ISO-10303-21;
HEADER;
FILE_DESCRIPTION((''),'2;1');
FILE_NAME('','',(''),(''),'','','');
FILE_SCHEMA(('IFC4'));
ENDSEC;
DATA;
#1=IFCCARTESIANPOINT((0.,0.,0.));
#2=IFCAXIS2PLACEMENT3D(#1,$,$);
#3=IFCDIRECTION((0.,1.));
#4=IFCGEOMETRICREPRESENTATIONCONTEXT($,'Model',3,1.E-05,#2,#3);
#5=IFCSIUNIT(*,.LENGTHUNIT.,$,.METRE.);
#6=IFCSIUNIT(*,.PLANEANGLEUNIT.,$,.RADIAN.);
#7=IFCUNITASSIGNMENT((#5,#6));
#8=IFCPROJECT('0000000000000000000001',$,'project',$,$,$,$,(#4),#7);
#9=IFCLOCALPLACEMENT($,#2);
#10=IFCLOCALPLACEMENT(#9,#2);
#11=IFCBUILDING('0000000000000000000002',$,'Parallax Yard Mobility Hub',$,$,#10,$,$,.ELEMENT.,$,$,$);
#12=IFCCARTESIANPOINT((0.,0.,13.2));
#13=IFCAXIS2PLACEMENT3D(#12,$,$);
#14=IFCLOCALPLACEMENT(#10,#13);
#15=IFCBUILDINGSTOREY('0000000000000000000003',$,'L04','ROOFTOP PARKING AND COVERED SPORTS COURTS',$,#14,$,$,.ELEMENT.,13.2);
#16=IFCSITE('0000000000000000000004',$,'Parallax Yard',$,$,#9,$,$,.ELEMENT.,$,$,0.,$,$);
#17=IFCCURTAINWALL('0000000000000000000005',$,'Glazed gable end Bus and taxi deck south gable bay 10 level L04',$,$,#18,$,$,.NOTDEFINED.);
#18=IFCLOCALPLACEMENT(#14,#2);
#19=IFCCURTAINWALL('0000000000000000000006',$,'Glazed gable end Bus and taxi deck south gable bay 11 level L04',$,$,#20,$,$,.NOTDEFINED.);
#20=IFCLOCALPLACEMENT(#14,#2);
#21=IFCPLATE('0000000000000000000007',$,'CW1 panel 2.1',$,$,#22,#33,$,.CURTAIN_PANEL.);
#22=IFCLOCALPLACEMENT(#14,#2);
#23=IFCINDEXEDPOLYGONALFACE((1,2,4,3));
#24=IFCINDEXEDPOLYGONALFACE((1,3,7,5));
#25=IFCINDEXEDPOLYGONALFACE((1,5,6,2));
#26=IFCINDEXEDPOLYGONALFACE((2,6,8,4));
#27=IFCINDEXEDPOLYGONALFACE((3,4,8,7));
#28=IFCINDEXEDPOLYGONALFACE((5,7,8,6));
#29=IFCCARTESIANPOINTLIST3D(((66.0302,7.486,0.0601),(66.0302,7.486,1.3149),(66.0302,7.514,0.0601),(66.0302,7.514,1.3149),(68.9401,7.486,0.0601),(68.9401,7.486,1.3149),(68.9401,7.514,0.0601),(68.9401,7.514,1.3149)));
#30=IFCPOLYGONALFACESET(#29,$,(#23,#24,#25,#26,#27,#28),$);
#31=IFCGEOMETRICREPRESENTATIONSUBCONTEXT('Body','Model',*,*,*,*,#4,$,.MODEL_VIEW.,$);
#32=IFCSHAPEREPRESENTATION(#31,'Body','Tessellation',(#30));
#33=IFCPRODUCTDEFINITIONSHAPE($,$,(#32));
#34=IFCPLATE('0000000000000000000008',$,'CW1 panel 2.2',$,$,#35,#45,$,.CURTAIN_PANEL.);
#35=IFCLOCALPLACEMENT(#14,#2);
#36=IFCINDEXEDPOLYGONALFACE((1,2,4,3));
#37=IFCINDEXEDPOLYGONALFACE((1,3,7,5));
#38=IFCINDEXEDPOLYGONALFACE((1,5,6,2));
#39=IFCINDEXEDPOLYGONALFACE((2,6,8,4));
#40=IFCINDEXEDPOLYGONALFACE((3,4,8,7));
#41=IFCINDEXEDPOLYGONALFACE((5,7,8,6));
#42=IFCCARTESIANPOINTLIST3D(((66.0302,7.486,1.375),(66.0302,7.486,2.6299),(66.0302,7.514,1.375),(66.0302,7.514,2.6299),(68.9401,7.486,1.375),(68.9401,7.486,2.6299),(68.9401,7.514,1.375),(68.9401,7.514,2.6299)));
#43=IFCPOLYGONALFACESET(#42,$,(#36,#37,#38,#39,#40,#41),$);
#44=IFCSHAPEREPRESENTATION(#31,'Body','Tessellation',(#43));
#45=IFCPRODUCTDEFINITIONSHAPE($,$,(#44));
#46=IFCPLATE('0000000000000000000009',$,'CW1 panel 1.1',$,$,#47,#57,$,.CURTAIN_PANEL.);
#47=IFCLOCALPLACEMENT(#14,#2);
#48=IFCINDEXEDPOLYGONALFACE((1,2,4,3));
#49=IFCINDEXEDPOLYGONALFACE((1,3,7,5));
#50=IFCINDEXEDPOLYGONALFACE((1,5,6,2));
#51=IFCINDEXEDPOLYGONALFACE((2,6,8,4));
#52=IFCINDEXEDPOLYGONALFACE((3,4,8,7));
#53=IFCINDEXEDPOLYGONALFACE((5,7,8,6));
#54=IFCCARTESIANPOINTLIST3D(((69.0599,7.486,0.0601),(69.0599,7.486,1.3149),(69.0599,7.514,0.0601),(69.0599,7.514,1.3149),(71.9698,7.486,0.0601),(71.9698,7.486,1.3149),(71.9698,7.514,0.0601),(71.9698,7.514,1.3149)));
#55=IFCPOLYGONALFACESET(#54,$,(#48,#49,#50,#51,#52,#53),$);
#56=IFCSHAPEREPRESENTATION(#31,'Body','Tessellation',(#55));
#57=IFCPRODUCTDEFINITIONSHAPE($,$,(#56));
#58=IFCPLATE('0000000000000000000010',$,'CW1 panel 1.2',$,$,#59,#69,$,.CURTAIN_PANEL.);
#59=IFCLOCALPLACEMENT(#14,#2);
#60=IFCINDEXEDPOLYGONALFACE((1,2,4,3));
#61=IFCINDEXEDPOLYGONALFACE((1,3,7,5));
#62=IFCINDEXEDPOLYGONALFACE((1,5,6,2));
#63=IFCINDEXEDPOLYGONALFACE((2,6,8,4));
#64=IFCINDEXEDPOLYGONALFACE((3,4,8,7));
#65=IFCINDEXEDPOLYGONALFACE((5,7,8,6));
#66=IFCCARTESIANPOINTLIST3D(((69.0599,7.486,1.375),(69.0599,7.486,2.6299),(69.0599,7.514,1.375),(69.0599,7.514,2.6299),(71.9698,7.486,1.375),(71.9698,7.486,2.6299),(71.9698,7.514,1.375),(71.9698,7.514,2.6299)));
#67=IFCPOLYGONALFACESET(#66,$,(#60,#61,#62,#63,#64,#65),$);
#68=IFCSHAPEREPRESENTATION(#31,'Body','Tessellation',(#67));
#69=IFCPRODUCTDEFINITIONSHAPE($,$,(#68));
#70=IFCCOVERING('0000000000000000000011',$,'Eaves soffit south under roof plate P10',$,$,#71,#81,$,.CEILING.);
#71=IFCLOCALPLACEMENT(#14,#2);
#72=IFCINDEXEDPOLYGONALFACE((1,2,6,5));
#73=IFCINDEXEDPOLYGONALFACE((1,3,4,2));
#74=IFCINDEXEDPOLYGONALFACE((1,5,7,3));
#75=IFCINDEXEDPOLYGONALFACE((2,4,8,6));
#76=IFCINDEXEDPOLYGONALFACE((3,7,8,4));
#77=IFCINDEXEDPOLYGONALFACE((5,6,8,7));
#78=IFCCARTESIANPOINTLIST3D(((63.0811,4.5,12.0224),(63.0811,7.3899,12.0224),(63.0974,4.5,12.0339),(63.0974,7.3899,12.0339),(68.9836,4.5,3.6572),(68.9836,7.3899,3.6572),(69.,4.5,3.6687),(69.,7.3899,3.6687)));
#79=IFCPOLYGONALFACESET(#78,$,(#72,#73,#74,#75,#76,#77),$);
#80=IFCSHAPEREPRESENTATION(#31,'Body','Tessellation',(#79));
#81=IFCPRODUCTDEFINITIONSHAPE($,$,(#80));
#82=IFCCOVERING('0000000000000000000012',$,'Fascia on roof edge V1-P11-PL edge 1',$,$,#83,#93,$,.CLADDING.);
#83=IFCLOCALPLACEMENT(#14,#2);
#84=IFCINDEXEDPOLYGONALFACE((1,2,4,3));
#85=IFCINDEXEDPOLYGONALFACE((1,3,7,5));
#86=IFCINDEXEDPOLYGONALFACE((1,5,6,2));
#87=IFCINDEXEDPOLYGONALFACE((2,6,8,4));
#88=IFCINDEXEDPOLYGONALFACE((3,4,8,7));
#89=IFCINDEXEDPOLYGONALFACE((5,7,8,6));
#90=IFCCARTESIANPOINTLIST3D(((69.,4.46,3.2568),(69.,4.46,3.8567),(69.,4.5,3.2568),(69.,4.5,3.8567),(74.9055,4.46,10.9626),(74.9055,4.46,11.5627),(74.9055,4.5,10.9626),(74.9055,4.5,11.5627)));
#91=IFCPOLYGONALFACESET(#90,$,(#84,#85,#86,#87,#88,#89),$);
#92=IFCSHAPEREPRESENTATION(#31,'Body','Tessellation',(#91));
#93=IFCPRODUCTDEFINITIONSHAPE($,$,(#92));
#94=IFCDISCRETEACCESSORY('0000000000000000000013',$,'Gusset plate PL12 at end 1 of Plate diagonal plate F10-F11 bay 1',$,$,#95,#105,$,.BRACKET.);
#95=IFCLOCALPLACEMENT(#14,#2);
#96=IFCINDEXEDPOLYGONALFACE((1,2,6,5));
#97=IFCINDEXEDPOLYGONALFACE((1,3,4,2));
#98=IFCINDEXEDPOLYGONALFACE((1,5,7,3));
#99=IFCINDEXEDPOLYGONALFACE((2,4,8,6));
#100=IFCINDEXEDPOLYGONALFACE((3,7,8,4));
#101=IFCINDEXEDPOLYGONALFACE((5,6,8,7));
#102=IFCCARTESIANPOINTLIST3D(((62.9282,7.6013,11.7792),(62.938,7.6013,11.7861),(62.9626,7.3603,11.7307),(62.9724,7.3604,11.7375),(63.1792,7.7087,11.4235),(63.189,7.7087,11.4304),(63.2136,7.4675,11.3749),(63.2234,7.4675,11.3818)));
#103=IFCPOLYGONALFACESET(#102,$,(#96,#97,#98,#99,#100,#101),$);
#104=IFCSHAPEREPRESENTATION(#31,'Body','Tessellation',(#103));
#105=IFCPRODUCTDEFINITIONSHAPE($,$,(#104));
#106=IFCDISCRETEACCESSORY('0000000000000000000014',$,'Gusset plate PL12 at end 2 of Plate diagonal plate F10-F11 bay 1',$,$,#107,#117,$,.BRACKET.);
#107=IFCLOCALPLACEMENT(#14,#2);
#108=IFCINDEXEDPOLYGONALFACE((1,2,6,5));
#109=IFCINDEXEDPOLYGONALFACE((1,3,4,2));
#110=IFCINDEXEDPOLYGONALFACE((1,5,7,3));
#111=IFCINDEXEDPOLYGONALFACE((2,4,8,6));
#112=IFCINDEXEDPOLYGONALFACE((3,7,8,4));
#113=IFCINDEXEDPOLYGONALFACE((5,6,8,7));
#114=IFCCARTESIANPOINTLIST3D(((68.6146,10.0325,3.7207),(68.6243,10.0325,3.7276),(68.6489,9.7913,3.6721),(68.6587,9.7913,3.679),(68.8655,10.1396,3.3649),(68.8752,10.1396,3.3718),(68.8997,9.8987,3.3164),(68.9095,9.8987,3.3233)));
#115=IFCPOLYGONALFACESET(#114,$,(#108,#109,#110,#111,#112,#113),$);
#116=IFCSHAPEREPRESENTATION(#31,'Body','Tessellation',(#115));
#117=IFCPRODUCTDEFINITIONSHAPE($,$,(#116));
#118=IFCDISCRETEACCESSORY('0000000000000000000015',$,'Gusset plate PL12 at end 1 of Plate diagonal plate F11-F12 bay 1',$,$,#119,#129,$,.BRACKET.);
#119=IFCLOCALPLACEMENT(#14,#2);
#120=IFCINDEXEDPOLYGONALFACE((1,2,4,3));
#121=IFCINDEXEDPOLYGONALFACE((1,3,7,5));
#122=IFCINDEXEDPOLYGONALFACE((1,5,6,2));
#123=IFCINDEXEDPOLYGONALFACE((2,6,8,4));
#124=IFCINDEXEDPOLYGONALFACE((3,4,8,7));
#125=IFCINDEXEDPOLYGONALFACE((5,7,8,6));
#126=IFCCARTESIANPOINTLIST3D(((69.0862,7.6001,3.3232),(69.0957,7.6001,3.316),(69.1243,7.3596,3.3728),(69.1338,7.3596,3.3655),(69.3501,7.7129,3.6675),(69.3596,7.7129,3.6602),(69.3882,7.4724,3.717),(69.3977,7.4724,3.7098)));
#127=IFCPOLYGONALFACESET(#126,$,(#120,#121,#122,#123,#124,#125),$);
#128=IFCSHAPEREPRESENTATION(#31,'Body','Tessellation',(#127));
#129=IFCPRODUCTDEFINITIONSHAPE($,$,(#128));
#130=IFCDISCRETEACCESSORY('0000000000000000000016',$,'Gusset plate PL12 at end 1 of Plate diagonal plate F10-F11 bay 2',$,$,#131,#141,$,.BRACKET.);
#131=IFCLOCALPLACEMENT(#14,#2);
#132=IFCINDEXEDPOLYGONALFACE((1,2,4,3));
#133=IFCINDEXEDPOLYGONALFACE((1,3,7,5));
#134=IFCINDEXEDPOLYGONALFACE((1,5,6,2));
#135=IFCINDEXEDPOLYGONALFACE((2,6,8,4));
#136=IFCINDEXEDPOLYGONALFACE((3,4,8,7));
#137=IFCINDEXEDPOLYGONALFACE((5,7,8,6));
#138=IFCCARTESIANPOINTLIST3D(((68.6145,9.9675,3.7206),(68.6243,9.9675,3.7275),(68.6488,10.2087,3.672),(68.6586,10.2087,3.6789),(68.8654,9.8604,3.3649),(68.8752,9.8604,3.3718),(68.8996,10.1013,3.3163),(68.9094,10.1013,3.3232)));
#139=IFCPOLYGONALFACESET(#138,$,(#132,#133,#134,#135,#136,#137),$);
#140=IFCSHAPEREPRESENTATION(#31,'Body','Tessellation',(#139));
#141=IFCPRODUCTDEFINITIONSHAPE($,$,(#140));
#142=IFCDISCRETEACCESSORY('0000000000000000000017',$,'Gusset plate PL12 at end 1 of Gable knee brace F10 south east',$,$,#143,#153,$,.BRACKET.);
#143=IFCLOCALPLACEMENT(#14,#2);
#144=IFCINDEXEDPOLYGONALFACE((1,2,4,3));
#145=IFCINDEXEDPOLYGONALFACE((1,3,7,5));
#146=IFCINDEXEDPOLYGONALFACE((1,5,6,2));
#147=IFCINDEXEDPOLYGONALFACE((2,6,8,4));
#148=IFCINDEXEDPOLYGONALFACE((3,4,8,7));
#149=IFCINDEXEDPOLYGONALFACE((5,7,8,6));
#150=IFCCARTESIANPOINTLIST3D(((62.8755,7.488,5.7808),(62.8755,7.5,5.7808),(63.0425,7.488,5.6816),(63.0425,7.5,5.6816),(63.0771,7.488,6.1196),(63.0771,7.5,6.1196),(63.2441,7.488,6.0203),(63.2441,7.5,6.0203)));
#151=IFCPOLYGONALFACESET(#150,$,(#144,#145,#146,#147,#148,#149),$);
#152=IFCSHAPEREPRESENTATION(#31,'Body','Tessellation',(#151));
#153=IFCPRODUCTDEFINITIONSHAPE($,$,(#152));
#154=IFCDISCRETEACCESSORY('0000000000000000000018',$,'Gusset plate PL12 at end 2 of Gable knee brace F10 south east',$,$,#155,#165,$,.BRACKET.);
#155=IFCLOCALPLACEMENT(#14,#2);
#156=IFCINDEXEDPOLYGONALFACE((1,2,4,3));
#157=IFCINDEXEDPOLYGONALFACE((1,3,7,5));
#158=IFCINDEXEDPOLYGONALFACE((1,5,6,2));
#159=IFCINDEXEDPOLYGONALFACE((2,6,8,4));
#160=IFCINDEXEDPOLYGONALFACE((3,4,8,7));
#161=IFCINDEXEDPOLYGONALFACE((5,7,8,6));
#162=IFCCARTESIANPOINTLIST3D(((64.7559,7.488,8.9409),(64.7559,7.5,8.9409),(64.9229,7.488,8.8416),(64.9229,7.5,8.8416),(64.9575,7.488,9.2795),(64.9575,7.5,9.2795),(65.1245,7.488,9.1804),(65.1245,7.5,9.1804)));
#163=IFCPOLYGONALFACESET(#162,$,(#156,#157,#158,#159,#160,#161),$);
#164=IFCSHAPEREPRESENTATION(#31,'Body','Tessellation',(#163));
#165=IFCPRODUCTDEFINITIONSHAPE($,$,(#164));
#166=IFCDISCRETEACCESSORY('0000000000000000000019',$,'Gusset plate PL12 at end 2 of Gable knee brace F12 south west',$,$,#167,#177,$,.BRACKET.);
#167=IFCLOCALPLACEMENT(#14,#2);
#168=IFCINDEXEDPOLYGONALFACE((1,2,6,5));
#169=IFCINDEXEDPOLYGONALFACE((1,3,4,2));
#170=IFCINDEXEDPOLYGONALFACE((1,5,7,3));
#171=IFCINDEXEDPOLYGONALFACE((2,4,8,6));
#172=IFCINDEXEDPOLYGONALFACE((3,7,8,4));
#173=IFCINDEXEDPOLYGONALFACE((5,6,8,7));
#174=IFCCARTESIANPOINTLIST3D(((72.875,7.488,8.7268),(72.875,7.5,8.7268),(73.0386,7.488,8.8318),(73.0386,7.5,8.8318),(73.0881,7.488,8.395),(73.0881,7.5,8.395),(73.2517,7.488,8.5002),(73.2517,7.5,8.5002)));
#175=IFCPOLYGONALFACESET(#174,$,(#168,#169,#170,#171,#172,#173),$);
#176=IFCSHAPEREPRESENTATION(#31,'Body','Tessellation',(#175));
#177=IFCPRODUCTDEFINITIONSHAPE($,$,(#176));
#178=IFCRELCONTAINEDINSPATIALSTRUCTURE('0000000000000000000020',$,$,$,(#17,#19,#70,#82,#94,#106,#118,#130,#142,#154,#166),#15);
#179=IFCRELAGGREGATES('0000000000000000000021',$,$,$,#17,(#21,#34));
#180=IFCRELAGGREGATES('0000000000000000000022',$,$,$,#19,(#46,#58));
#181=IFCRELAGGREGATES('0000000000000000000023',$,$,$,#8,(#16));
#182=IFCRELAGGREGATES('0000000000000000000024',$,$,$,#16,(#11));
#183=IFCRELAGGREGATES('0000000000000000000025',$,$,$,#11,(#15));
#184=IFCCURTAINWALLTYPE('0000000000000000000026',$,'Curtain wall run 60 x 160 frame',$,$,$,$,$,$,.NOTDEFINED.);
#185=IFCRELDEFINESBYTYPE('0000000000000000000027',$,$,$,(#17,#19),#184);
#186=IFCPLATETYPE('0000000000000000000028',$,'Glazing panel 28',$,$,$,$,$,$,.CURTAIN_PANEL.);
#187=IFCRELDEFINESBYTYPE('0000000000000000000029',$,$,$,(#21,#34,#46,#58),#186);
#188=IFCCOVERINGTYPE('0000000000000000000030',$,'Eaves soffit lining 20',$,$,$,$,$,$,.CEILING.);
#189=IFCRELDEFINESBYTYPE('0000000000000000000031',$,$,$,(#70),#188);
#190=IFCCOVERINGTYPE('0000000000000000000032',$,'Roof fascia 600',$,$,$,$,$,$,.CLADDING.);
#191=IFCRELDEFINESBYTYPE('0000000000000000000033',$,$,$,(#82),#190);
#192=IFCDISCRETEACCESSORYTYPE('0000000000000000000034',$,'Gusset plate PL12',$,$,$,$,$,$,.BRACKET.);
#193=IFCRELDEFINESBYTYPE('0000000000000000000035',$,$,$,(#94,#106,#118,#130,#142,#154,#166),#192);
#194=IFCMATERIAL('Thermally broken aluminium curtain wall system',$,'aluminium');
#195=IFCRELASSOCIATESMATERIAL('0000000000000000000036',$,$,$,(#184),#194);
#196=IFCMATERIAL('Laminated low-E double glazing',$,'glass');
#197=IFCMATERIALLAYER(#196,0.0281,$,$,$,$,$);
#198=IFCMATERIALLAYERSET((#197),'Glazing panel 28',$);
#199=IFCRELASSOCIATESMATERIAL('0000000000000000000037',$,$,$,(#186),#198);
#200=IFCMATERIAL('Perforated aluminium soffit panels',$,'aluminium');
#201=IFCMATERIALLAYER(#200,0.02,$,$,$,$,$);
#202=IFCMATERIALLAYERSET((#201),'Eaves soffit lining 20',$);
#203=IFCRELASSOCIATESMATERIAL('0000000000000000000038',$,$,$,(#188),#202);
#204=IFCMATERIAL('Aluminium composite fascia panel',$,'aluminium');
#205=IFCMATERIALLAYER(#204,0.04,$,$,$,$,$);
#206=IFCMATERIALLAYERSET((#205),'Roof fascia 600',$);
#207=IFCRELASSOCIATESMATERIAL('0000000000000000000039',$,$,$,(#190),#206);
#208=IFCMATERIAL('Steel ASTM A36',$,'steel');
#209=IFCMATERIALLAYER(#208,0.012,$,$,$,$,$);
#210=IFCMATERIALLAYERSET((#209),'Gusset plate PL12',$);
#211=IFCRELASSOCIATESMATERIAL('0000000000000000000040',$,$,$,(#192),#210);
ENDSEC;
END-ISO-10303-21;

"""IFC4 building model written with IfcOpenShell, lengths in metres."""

from ifc_helpers import new_model, si_unit, direction, frame, origin, origin_2d, place, context, subcontext, project, spatial, polyline, rectangle, outline, extrude, material, layer, layer_set, type_object, element, aggregate, save


model = new_model("IFC4")

# Units and contexts
model_context = context("Model", 3, precision=1e-05, world=origin(), true_north=direction((0.0, 1.0)))
body_context = subcontext(model_context, "Body", "Model", "MODEL_VIEW")
ifc_project = project(units=[si_unit("LENGTHUNIT", "METRE"), si_unit("PLANEANGLEUNIT", "RADIAN")], contexts=[model_context])

# Site, building, storey
site_placement = place(None, origin())
site = spatial("IfcSite", under=ifc_project, at=site_placement, Name="Parallax Yard", CompositionType="ELEMENT", RefElevation=0.0)
building_placement = place(site_placement, origin())
building = spatial("IfcBuilding", under=site, at=building_placement, Name="Parallax Yard Mobility Hub", CompositionType="ELEMENT")
storey_placement = place(building_placement, frame((0.0, 0.0, 13.2)))
storey = spatial("IfcBuildingStorey", under=building, at=storey_placement, Name="L04", Description="ROOFTOP PARKING AND COVERED SPORTS COURTS", CompositionType="ELEMENT", Elevation=13.2)

# Curtain walls
ifc_material_1 = material(Name="Thermally broken aluminium curtain wall system", Category="aluminium")
curtain_wall_type = type_object("IfcCurtainWallType", Name="Curtain wall run 60 x 160 frame", PredefinedType="NOTDEFINED", material=ifc_material_1)
curtain_wall_1_placement = place(storey_placement, origin())
curtain_wall_1 = element("IfcCurtainWall", 1, at=curtain_wall_1_placement, inside=storey, type_object=curtain_wall_type, Name="Glazed gable end Bus and taxi deck south gable bay 10 level L04", PredefinedType="NOTDEFINED")
curtain_wall_2_placement = place(storey_placement, origin())
curtain_wall_2 = element("IfcCurtainWall", 2, at=curtain_wall_2_placement, inside=storey, type_object=curtain_wall_type, Name="Glazed gable end Bus and taxi deck south gable bay 11 level L04", PredefinedType="NOTDEFINED")

# Plates
ifc_material_2 = material(Name="Laminated low-E double glazing", Category="glass")
ifc_layer_1 = layer(ifc_material_2, 0.0281)
ifc_layer_set_1 = layer_set([ifc_layer_1], Name="Glazing panel 28")
plate_type = type_object("IfcPlateType", Name="Glazing panel 28", PredefinedType="CURTAIN_PANEL", material=ifc_layer_set_1)
plate_1_placement = place(storey_placement, frame((67.4851, 7.5, 0.0601), z_axis=(0.0, 0.0, 1.0), x_axis=(1.0, 0.0, 0.0)))
plate_1 = element("IfcPlate", 3, at=plate_1_placement, type_object=plate_type, Name="CW1 panel 2.1", PredefinedType="CURTAIN_PANEL", context=body_context, shape_type="SweptSolid", body=[
    extrude(rectangle(XDim=2.9099, YDim=0.0281, at=origin_2d()), origin(), (0.0, 0.0, 1.0), 1.2549),
])
plate_2_placement = place(storey_placement, frame((67.4851, 7.5, 1.375), z_axis=(0.0, 0.0, 1.0), x_axis=(1.0, 0.0, 0.0)))
plate_2 = element("IfcPlate", 4, at=plate_2_placement, type_object=plate_type, Name="CW1 panel 2.2", PredefinedType="CURTAIN_PANEL", context=body_context, shape_type="SweptSolid", body=[
    extrude(rectangle(XDim=2.9099, YDim=0.0281, at=origin_2d()), origin(), (0.0, 0.0, 1.0), 1.2549),
])
aggregate(curtain_wall_1, [plate_1, plate_2])
plate_3_placement = place(storey_placement, frame((70.5149, 7.5, 0.0601), z_axis=(0.0, 0.0, 1.0), x_axis=(1.0, 0.0, 0.0)))
plate_3 = element("IfcPlate", 5, at=plate_3_placement, type_object=plate_type, Name="CW1 panel 1.1", PredefinedType="CURTAIN_PANEL", context=body_context, shape_type="SweptSolid", body=[
    extrude(rectangle(XDim=2.9099, YDim=0.0281, at=origin_2d()), origin(), (0.0, 0.0, 1.0), 1.2549),
])
plate_4_placement = place(storey_placement, frame((70.5149, 7.5, 1.375), z_axis=(0.0, 0.0, 1.0), x_axis=(1.0, 0.0, 0.0)))
plate_4 = element("IfcPlate", 6, at=plate_4_placement, type_object=plate_type, Name="CW1 panel 1.2", PredefinedType="CURTAIN_PANEL", context=body_context, shape_type="SweptSolid", body=[
    extrude(rectangle(XDim=2.9099, YDim=0.0281, at=origin_2d()), origin(), (0.0, 0.0, 1.0), 1.2549),
])
aggregate(curtain_wall_2, [plate_3, plate_4])

# Coverings
ifc_material_3 = material(Name="Perforated aluminium soffit panels", Category="aluminium")
ifc_layer_2 = layer(ifc_material_3, 0.02)
ifc_layer_set_2 = layer_set([ifc_layer_2], Name="Eaves soffit lining 20")
covering_type_1 = type_object("IfcCoveringType", Name="Eaves soffit lining 20", PredefinedType="CEILING", material=ifc_layer_set_2)
covering_1_placement = place(storey_placement, frame((69.0, 4.5, 3.6687), z_axis=(0.817073, 0.0, 0.576534), x_axis=(-0.576534, 0.0, 0.817073)))
element("IfcCovering", 7, at=covering_1_placement, inside=storey, type_object=covering_type_1, Name="Eaves soffit south under roof plate P10", PredefinedType="CEILING", context=body_context, shape_type="SweptSolid", body=[
    extrude(outline(polyline([(0.0, 0.0), (10.2381, 0.0), (10.2381, -2.8899), (0.0, -2.8899), (0.0, 0.0)])), origin(), (0.0, 0.0, -1.0), 0.02),
])
ifc_material_4 = material(Name="Aluminium composite fascia panel", Category="aluminium")
ifc_layer_3 = layer(ifc_material_4, 0.04)
ifc_layer_set_3 = layer_set([ifc_layer_3], Name="Roof fascia 600")
covering_type_2 = type_object("IfcCoveringType", Name="Roof fascia 600", PredefinedType="CLADDING", material=ifc_layer_set_3)
covering_2_placement = place(storey_placement, frame((69.0, 4.5, 3.8567), z_axis=(0.0, 1.0, 0.0), x_axis=(0.608272, 0.0, 0.793729)))
element("IfcCovering", 8, at=covering_2_placement, inside=storey, type_object=covering_type_2, Name="Fascia on roof edge V1-P11-PL edge 1", PredefinedType="CLADDING", context=body_context, shape_type="SweptSolid", body=[
    extrude(outline(polyline([(0.0, 0.0), (9.7087, 0.0), (9.2324, 0.365), (-0.4761, 0.3649), (0.0, 0.0)])), origin(), (0.0, 0.0, -1.0), 0.04),
])

# Discrete accessories
ifc_material_5 = material(Name="Steel ASTM A36", Category="steel")
ifc_layer_4 = layer(ifc_material_5, 0.012)
ifc_layer_set_4 = layer_set([ifc_layer_4], Name="Gusset plate PL12")
discrete_accessory_type = type_object("IfcDiscreteAccessoryType", Name="Gusset plate PL12", PredefinedType="BRACKET", material=ifc_layer_set_4)
discrete_accessory_1_placement = place(storey_placement, frame((63.189, 7.7087, 11.4304), z_axis=(0.817026, 0.000463, 0.5766), x_axis=(-0.559719, -0.239568, 0.793298)))
element("IfcDiscreteAccessory", 9, at=discrete_accessory_1_placement, inside=storey, type_object=discrete_accessory_type, Name="Gusset plate PL12 at end 1 of Plate diagonal plate F10-F11 bay 1", PredefinedType="BRACKET", context=body_context, shape_type="SweptSolid", body=[
    extrude(outline(polyline([(0.0, 0.0), (0.4484, 0.0), (0.4483, 0.2482), (0.0, 0.2485), (0.0, 0.0)])), origin(), (0.0, 0.0, -1.0), 0.012),
])
discrete_accessory_2_placement = place(storey_placement, frame((68.6587, 9.7913, 3.679), z_axis=(0.817206, 0.000126, 0.576345), x_axis=(0.559527, 0.239641, -0.793412)))
element("IfcDiscreteAccessory", 10, at=discrete_accessory_2_placement, inside=storey, type_object=discrete_accessory_type, Name="Gusset plate PL12 at end 2 of Plate diagonal plate F10-F11 bay 1", PredefinedType="BRACKET", context=body_context, shape_type="SweptSolid", body=[
    extrude(outline(polyline([(0.0, 0.0), (0.4483, 0.0), (0.4483, 0.2482), (0.0, 0.2485), (0.0, 0.0)])), origin(), (0.0, 0.0, -1.0), 0.012),
])
discrete_accessory_3_placement = place(storey_placement, frame((69.3501, 7.7129, 3.6675), z_axis=(-0.793563, -0.000277, 0.608489), x_axis=(-0.588849, -0.251664, -0.768064)))
element("IfcDiscreteAccessory", 11, at=discrete_accessory_3_placement, inside=storey, type_object=discrete_accessory_type, Name="Gusset plate PL12 at end 1 of Plate diagonal plate F11-F12 bay 1", PredefinedType="BRACKET", context=body_context, shape_type="SweptSolid", body=[
    extrude(outline(polyline([(0.0, 0.0), (0.4482, 0.0), (0.4482, 0.2485), (0.0, 0.2485), (0.0, 0.0)])), origin(), (0.0, 0.0, -1.0), 0.012),
])
discrete_accessory_4_placement = place(storey_placement, frame((68.6243, 9.9675, 3.7275), z_axis=(0.817206, -0.000126, 0.576345), x_axis=(0.55961, -0.239055, -0.79353)))
element("IfcDiscreteAccessory", 12, at=discrete_accessory_4_placement, inside=storey, type_object=discrete_accessory_type, Name="Gusset plate PL12 at end 1 of Plate diagonal plate F10-F11 bay 2", PredefinedType="BRACKET", context=body_context, shape_type="SweptSolid", body=[
    extrude(outline(polyline([(0.0, 0.0), (0.4483, 0.0), (0.4484, 0.2482), (0.0002, 0.2485), (0.0, 0.0)])), origin(), (0.0, 0.0, -1.0), 0.012),
])
for number, where, z_axis, x_axis, name in (
    (13, (63.2441, 7.5, 6.0203), (0.0, 1.0, 0.0), (-0.511669, 0.0, -0.859183), "Gusset plate PL12 at end 1 of Gable knee brace F10 south east"),
    (14, (64.7559, 7.5, 8.9409), (0.0, 1.0, 0.0), (0.511669, 0.0, 0.859183), "Gusset plate PL12 at end 2 of Gable knee brace F10 south east"),
):
    element("IfcDiscreteAccessory", number, at=place(storey_placement, frame(where, z_axis=z_axis, x_axis=x_axis)), inside=storey, type_object=discrete_accessory_type, Name=name, PredefinedType="BRACKET", context=body_context, shape_type="SweptSolid", body=[
        extrude(outline(polyline([(0.0, 0.0), (0.3941, 0.0), (0.3944, 0.1942), (0.0001, 0.1943), (0.0, 0.0)])), origin(), (0.0, 0.0, -1.0), 0.012),
    ])
discrete_accessory_5_placement = place(storey_placement, frame((73.0881, 7.5, 8.395), z_axis=(0.0, 1.0, 0.0), x_axis=(-0.540476, 0.0, 0.841359)))
element("IfcDiscreteAccessory", 15, at=discrete_accessory_5_placement, inside=storey, type_object=discrete_accessory_type, Name="Gusset plate PL12 at end 2 of Gable knee brace F12 south west", PredefinedType="BRACKET", context=body_context, shape_type="SweptSolid", body=[
    extrude(outline(polyline([(0.0, 0.0), (0.3943, 0.0), (0.3943, 0.1944), (0.0001, 0.1945), (0.0, 0.0)])), origin(), (0.0, 0.0, -1.0), 0.012),
])

save(model, "model.ifc")
